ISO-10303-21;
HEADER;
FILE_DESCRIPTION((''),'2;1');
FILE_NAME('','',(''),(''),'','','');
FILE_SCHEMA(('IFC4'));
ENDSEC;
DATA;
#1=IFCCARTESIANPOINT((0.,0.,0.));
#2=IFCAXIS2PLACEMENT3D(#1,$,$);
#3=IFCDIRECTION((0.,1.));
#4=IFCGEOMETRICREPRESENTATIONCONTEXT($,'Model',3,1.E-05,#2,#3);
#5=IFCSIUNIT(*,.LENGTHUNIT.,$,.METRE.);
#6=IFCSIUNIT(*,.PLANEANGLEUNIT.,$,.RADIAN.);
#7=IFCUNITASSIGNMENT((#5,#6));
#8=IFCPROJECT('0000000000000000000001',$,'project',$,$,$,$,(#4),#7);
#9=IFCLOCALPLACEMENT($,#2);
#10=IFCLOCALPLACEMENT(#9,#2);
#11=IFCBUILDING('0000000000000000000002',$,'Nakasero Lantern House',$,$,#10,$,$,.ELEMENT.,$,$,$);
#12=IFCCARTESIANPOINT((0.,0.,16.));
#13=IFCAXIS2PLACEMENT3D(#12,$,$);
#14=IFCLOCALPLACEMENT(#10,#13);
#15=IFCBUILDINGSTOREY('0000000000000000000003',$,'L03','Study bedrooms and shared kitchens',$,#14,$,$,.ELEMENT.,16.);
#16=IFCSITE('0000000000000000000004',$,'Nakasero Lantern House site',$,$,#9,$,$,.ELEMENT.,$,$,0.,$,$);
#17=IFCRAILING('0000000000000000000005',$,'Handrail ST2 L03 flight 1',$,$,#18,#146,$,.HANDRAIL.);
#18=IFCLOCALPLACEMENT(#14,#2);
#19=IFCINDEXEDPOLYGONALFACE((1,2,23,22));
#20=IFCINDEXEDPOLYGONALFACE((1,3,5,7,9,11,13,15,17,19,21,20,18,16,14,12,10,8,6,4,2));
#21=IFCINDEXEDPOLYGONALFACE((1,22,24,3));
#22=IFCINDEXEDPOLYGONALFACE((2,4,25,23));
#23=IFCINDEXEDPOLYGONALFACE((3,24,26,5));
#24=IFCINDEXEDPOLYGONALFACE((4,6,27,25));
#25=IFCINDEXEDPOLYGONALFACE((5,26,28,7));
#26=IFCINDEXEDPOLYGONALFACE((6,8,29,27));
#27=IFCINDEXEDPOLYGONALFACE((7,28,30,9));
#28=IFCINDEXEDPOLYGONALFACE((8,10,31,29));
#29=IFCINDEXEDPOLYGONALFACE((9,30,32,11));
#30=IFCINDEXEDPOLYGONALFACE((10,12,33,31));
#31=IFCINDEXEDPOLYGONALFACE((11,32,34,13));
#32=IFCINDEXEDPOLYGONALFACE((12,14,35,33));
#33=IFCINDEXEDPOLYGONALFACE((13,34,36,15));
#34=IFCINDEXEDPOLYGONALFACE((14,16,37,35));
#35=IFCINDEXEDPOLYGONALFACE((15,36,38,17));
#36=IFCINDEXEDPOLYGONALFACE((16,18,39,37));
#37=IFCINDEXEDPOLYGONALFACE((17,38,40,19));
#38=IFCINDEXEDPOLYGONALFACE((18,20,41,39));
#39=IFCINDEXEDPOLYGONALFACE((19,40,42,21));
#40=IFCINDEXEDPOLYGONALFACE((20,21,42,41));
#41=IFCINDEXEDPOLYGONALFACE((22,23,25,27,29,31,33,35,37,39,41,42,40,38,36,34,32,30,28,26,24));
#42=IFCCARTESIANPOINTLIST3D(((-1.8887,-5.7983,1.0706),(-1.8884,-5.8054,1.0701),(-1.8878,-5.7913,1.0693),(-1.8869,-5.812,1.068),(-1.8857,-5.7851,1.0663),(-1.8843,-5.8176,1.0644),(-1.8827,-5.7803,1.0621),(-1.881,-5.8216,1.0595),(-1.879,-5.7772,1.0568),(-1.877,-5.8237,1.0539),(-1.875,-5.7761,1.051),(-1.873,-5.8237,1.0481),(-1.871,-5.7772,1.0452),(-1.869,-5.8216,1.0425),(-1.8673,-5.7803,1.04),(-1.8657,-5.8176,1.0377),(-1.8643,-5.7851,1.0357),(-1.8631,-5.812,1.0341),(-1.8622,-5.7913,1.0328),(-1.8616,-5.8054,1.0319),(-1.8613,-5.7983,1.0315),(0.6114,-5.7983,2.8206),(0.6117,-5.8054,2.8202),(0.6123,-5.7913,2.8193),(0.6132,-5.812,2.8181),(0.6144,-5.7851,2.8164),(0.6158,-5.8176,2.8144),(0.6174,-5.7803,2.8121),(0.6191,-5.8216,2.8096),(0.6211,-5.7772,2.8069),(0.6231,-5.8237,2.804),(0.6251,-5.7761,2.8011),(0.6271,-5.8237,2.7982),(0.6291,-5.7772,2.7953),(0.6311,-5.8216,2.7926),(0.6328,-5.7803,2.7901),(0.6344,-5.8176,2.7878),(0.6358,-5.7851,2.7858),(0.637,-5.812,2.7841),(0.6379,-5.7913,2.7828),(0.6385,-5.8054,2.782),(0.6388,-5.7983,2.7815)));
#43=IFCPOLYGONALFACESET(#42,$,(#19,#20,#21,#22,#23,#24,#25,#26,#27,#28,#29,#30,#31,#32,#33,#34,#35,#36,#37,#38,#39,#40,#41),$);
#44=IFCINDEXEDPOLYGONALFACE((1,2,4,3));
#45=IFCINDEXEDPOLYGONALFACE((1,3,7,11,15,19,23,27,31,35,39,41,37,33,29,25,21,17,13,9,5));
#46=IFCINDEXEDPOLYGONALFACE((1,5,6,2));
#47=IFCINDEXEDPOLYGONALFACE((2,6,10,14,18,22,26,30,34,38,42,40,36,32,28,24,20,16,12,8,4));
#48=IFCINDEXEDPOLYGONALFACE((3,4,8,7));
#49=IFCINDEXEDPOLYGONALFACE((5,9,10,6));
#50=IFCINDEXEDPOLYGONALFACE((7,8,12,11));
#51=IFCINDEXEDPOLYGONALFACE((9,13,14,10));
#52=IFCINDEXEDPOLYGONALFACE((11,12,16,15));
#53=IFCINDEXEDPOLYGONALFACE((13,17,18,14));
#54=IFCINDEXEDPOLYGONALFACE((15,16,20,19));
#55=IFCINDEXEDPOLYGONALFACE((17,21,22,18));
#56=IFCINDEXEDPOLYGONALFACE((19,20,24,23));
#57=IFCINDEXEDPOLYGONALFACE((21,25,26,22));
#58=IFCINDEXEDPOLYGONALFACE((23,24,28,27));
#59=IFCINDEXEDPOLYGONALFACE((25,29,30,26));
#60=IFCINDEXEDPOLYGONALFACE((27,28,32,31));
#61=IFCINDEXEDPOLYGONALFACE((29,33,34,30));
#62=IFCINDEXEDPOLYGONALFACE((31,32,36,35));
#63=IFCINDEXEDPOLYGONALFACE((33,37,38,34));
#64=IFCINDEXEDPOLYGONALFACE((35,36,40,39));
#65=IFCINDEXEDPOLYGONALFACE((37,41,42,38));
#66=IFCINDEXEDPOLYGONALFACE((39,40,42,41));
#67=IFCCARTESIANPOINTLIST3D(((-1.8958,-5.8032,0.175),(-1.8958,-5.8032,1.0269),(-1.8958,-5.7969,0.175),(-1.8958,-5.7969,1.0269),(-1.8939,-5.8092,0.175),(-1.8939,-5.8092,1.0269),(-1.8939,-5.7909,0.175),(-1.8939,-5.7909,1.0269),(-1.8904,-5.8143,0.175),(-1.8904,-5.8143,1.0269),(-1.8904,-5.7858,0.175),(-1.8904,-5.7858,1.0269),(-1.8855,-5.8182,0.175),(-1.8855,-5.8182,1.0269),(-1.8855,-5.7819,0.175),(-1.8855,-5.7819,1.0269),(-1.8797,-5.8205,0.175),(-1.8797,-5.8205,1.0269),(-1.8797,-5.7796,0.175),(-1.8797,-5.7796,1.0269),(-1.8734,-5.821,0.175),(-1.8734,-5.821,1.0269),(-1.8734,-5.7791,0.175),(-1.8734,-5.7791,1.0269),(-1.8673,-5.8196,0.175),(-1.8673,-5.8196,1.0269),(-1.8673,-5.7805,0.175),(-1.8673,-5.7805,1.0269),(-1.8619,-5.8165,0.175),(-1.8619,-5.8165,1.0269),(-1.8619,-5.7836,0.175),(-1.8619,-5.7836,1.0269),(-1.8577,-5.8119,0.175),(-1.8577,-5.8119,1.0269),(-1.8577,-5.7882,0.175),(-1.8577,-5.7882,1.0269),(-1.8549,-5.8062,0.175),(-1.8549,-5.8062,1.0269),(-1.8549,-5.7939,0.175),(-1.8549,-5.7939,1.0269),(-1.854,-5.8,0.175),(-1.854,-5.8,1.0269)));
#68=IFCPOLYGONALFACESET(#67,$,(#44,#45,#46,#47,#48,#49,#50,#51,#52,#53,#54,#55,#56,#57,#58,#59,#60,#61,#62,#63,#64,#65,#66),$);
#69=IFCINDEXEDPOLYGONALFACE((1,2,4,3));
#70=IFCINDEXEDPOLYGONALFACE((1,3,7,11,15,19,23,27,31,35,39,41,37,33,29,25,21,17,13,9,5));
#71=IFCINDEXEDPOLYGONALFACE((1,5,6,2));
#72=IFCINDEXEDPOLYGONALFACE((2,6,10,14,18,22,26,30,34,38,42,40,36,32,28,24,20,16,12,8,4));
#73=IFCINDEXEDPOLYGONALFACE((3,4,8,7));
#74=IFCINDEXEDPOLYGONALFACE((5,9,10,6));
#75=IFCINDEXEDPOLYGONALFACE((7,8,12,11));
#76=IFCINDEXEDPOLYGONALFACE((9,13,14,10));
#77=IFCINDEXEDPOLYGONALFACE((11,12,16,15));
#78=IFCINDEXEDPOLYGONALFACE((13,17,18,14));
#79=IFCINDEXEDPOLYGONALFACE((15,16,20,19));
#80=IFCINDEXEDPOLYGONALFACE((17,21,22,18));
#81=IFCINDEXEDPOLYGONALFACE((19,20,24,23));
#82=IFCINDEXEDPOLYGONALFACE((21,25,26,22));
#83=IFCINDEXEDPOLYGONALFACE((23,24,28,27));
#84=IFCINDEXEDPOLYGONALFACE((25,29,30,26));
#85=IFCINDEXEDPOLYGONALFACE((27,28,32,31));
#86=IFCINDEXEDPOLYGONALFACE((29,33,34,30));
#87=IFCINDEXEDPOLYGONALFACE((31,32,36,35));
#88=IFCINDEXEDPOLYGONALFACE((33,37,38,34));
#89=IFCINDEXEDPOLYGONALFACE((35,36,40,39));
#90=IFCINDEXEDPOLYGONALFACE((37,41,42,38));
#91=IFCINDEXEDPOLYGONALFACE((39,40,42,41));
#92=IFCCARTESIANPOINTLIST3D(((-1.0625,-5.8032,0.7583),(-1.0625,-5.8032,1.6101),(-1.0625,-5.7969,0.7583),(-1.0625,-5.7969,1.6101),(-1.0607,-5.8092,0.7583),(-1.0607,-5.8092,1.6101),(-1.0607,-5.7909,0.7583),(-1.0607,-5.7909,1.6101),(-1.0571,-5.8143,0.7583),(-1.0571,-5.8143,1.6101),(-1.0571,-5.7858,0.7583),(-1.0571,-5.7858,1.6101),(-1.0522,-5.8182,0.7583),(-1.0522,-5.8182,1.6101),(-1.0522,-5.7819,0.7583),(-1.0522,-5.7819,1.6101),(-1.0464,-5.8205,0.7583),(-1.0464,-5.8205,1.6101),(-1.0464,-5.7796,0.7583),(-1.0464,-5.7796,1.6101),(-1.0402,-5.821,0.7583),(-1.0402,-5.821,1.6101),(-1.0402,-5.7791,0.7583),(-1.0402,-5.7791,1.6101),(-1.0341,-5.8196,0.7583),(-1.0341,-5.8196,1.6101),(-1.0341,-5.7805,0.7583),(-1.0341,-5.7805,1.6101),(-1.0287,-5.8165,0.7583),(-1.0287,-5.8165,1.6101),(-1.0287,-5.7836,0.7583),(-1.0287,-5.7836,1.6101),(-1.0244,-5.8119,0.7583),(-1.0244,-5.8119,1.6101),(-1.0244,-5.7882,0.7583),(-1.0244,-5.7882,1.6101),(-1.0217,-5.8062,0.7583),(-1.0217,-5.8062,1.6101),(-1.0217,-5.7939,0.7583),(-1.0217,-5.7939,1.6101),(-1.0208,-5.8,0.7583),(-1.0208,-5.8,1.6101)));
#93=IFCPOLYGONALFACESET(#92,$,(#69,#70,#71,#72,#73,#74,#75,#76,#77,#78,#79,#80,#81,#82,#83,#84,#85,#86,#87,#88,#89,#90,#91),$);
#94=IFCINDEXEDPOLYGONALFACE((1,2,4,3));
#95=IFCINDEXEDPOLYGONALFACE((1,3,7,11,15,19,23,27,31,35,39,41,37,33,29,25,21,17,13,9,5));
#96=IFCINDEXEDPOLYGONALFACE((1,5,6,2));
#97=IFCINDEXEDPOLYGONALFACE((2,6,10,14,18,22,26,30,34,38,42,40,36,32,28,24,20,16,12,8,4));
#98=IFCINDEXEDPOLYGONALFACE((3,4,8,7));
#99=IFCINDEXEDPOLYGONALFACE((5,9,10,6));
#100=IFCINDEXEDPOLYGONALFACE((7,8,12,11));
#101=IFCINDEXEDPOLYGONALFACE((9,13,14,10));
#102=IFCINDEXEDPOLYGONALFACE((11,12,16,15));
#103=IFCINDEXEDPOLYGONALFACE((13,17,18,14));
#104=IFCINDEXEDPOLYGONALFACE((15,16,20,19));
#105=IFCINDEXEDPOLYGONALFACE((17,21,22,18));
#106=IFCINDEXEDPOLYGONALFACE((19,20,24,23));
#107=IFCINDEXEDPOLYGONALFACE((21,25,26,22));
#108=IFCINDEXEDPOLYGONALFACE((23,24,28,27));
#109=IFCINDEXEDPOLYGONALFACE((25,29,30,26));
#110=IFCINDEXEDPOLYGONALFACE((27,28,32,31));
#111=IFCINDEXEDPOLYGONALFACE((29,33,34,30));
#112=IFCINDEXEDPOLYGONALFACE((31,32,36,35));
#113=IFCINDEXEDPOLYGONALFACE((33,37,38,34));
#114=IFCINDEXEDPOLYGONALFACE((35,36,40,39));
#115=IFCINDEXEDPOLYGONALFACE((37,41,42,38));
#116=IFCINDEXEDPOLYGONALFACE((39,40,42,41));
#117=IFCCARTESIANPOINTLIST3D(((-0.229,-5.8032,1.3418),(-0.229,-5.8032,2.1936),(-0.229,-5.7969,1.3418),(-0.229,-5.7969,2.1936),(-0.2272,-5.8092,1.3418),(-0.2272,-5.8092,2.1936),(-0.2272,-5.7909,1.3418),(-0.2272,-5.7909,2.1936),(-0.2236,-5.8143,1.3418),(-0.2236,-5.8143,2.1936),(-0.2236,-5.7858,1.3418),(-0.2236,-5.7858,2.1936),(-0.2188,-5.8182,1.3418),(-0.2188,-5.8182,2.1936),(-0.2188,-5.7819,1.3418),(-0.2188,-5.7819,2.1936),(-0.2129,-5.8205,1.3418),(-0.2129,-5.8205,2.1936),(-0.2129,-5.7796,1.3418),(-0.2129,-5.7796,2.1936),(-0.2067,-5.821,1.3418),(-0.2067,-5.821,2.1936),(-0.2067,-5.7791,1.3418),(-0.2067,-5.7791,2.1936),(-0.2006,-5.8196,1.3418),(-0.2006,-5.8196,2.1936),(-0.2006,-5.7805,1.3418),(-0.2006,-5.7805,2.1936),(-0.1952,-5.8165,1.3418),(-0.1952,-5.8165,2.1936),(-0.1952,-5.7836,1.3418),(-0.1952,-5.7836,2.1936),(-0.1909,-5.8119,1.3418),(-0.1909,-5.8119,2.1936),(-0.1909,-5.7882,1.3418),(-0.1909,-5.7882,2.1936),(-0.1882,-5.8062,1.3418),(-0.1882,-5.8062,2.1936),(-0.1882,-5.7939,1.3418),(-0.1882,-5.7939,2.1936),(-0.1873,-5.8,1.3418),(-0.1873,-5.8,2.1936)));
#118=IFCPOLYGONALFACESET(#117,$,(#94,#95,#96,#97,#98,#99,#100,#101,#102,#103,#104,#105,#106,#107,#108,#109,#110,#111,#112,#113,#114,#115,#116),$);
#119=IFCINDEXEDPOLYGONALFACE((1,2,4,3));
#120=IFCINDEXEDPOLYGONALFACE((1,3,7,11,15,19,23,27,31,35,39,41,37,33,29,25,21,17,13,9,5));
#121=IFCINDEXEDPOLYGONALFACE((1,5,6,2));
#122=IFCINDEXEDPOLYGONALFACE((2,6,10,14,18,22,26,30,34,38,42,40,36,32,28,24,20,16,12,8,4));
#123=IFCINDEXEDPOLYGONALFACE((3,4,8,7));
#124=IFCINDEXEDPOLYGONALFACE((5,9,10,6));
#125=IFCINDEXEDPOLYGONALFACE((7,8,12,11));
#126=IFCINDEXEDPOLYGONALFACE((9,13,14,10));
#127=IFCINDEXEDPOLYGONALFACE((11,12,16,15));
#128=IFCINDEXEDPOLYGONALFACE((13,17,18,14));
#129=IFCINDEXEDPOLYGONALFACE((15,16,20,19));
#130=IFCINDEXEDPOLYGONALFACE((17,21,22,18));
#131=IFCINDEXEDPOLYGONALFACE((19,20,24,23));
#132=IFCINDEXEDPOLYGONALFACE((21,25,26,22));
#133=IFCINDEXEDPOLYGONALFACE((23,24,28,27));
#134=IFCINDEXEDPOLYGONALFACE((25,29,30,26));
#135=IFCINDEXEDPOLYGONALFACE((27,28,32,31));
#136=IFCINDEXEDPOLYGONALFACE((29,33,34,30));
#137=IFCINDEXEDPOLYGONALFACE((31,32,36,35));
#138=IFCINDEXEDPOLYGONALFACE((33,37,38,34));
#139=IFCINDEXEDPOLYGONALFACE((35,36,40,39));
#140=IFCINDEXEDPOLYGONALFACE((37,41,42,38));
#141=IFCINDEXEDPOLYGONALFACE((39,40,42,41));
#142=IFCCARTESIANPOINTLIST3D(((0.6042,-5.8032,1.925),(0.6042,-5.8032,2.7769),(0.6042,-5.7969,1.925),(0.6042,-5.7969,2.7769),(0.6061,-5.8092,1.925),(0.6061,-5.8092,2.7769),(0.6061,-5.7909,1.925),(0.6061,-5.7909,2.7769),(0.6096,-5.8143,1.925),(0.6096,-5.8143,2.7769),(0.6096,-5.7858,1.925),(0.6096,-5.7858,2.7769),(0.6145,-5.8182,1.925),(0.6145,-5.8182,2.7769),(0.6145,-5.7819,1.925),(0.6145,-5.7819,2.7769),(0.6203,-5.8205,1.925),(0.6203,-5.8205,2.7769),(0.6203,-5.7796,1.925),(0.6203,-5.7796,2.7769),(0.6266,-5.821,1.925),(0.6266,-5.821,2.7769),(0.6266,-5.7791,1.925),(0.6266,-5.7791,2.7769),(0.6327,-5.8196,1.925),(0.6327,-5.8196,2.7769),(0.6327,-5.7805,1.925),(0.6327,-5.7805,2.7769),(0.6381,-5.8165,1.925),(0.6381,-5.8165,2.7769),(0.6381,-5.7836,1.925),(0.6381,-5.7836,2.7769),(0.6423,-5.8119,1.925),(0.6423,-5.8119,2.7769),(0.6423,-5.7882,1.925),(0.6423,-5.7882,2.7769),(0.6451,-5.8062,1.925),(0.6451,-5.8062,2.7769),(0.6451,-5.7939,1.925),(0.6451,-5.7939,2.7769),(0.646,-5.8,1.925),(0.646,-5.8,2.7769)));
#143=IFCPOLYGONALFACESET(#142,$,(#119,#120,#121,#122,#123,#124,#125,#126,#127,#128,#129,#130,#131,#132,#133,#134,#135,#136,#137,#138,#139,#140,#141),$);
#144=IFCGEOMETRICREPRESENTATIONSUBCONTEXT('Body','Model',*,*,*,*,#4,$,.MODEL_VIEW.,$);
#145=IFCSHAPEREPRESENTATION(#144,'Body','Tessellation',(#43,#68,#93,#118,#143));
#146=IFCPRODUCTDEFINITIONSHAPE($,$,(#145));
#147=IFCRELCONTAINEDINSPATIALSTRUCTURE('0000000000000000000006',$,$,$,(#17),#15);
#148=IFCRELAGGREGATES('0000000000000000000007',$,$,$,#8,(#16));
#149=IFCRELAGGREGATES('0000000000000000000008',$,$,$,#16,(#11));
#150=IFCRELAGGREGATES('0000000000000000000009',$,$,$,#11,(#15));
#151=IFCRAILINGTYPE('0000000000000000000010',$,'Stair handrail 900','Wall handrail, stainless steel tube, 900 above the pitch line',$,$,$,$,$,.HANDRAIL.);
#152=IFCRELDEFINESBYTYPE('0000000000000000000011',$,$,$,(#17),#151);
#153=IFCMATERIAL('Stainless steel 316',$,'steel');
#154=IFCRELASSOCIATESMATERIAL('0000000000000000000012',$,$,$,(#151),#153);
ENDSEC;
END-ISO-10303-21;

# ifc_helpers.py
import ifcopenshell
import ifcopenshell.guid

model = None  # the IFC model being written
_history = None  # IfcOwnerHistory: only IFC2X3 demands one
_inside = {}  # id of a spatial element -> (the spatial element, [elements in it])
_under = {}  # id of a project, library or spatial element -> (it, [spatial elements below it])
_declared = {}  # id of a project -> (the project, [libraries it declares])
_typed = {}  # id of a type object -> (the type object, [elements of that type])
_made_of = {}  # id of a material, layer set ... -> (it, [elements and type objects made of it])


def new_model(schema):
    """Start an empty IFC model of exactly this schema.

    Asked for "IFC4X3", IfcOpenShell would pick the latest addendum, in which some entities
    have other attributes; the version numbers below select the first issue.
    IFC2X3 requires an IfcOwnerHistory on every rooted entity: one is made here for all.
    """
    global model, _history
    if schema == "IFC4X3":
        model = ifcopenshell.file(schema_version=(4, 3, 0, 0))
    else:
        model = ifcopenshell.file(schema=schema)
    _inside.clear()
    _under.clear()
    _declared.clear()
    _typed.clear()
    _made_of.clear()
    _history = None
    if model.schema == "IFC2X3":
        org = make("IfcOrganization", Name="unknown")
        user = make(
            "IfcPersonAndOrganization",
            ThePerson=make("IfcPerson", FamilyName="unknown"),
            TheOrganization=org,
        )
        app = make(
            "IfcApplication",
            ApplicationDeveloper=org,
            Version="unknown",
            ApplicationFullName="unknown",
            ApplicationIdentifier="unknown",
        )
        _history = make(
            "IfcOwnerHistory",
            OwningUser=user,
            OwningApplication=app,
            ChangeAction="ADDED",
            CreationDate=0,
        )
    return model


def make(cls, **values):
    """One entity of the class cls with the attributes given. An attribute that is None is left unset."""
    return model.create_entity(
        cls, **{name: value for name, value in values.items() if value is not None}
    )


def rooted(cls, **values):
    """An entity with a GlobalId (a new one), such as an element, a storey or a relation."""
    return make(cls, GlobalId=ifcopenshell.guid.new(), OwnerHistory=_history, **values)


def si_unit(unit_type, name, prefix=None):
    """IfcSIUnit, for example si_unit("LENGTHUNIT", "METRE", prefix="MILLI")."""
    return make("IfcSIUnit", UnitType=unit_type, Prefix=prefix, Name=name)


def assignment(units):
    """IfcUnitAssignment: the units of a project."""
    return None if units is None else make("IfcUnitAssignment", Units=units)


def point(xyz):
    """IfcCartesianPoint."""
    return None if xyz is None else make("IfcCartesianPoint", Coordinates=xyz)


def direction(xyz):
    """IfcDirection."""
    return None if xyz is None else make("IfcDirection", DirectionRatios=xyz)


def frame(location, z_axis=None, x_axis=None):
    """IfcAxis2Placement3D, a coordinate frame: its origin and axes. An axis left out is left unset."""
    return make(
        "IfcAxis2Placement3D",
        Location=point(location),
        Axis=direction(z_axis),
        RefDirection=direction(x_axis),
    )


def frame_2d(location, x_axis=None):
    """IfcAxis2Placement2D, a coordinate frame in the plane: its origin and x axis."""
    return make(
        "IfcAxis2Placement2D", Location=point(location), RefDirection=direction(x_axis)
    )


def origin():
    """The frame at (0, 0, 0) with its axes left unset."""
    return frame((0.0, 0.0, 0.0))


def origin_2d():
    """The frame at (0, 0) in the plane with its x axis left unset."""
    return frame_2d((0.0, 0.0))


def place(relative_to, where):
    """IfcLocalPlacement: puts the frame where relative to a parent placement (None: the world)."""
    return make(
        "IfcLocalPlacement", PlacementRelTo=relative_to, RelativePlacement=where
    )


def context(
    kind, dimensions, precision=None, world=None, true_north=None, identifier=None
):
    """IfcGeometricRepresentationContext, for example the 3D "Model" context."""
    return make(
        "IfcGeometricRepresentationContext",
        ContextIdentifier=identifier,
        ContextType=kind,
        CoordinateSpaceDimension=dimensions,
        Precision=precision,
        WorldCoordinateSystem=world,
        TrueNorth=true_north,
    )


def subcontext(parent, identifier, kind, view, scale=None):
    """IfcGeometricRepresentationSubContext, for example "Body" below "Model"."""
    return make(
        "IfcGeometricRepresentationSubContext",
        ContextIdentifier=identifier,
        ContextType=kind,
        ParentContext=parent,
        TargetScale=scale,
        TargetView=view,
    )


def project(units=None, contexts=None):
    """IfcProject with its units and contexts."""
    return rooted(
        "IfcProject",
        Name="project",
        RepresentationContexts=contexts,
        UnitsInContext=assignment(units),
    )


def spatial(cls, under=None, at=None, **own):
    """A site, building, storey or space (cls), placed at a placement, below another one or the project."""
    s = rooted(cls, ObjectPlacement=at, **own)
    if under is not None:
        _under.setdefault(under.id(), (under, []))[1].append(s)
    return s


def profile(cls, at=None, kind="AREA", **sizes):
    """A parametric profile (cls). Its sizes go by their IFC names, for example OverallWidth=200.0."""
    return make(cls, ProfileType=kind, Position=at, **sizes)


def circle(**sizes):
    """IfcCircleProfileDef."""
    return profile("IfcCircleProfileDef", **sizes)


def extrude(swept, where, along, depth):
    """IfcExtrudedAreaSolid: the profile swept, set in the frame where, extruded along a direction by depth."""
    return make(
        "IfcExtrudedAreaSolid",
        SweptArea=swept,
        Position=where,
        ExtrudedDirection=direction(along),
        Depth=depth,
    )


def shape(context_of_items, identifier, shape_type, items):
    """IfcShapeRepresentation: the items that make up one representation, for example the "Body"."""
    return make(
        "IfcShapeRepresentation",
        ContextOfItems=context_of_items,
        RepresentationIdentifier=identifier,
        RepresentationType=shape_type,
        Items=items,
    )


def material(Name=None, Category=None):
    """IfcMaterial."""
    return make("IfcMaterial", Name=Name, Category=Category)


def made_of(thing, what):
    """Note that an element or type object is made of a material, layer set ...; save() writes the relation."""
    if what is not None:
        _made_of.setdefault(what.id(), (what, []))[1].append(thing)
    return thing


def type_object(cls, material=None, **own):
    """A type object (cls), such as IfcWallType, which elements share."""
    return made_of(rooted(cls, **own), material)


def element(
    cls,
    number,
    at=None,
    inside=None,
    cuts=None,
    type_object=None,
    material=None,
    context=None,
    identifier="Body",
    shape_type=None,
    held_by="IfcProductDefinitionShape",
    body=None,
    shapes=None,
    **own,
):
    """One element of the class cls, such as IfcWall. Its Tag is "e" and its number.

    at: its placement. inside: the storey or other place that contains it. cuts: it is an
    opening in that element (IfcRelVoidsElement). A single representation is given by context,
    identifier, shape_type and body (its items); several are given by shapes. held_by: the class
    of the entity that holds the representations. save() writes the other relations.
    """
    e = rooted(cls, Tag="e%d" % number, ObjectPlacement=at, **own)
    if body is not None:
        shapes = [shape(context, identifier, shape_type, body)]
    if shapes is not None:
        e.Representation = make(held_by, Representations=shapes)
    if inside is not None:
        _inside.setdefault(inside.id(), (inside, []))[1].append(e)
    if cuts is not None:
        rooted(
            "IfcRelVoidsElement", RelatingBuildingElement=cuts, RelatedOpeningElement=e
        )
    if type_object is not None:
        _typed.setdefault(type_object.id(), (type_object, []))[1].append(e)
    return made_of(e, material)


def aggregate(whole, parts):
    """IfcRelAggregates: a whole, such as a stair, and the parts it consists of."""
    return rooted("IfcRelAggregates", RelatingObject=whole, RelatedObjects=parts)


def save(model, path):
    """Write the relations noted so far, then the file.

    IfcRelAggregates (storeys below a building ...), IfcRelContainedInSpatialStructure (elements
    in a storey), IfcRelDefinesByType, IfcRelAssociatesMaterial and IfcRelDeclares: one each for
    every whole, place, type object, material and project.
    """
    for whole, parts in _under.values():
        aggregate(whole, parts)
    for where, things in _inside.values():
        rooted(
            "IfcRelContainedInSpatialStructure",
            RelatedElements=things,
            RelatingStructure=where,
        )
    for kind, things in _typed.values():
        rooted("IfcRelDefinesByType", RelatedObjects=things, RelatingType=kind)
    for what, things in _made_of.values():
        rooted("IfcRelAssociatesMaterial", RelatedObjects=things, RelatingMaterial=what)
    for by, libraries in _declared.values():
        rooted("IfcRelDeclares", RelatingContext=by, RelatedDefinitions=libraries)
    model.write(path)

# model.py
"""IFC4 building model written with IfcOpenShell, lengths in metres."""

from ifc_helpers import new_model, si_unit, direction, frame, origin, origin_2d, place, context, subcontext, project, spatial, circle, extrude, material, type_object, element, save


model = new_model("IFC4")

# Units and contexts
model_context = context("Model", 3, precision=1e-05, world=origin(), true_north=direction((0.0, 1.0)))
body_context = subcontext(model_context, "Body", "Model", "MODEL_VIEW")
ifc_project = project(units=[si_unit("LENGTHUNIT", "METRE"), si_unit("PLANEANGLEUNIT", "RADIAN")], contexts=[model_context])

# Site, building, storey
site_placement = place(None, origin())
site = spatial("IfcSite", under=ifc_project, at=site_placement, Name="Nakasero Lantern House site", CompositionType="ELEMENT", RefElevation=0.0)
building_placement = place(site_placement, origin())
building = spatial("IfcBuilding", under=site, at=building_placement, Name="Nakasero Lantern House", CompositionType="ELEMENT")
storey_placement = place(building_placement, frame((0.0, 0.0, 16.0)))
storey = spatial("IfcBuildingStorey", under=building, at=storey_placement, Name="L03", Description="Study bedrooms and shared kitchens", CompositionType="ELEMENT", Elevation=16.0)

# Railing
ifc_material_1 = material(Name="Stainless steel 316", Category="steel")
railing_type = type_object("IfcRailingType", Name="Stair handrail 900", Description="Wall handrail, stainless steel tube, 900 above the pitch line", PredefinedType="HANDRAIL", material=ifc_material_1)
railing_placement = place(storey_placement, frame((-1.875, -5.8, 0.175)))
element("IfcRailing", 1, at=railing_placement, inside=storey, type_object=railing_type, Name="Handrail ST2 L03 flight 1", PredefinedType="HANDRAIL", context=body_context, shape_type="SweptSolid", body=[
    extrude(circle(Radius=0.0239, at=origin_2d()), frame((0.0, 0.0, 0.876), z_axis=(0.819232, 0.0, 0.573462), x_axis=(0.0, 1.0, 0.0)), (0.0, 0.0, 1.0), 3.0518),
    extrude(circle(Radius=0.021, at=origin_2d()), origin(), (0.0, 0.0, 1.0), 0.8518),
    extrude(circle(Radius=0.021, at=origin_2d()), frame((0.8333, 0.0, 0.5833)), (0.0, 0.0, 1.0), 0.8518),
    extrude(circle(Radius=0.021, at=origin_2d()), frame((1.6667, 0.0, 1.1667)), (0.0, 0.0, 1.0), 0.8518),
    extrude(circle(Radius=0.021, at=origin_2d()), frame((2.5, 0.0, 1.75)), (0.0, 0.0, 1.0), 0.8518),
])

save(model, "model.ifc")
